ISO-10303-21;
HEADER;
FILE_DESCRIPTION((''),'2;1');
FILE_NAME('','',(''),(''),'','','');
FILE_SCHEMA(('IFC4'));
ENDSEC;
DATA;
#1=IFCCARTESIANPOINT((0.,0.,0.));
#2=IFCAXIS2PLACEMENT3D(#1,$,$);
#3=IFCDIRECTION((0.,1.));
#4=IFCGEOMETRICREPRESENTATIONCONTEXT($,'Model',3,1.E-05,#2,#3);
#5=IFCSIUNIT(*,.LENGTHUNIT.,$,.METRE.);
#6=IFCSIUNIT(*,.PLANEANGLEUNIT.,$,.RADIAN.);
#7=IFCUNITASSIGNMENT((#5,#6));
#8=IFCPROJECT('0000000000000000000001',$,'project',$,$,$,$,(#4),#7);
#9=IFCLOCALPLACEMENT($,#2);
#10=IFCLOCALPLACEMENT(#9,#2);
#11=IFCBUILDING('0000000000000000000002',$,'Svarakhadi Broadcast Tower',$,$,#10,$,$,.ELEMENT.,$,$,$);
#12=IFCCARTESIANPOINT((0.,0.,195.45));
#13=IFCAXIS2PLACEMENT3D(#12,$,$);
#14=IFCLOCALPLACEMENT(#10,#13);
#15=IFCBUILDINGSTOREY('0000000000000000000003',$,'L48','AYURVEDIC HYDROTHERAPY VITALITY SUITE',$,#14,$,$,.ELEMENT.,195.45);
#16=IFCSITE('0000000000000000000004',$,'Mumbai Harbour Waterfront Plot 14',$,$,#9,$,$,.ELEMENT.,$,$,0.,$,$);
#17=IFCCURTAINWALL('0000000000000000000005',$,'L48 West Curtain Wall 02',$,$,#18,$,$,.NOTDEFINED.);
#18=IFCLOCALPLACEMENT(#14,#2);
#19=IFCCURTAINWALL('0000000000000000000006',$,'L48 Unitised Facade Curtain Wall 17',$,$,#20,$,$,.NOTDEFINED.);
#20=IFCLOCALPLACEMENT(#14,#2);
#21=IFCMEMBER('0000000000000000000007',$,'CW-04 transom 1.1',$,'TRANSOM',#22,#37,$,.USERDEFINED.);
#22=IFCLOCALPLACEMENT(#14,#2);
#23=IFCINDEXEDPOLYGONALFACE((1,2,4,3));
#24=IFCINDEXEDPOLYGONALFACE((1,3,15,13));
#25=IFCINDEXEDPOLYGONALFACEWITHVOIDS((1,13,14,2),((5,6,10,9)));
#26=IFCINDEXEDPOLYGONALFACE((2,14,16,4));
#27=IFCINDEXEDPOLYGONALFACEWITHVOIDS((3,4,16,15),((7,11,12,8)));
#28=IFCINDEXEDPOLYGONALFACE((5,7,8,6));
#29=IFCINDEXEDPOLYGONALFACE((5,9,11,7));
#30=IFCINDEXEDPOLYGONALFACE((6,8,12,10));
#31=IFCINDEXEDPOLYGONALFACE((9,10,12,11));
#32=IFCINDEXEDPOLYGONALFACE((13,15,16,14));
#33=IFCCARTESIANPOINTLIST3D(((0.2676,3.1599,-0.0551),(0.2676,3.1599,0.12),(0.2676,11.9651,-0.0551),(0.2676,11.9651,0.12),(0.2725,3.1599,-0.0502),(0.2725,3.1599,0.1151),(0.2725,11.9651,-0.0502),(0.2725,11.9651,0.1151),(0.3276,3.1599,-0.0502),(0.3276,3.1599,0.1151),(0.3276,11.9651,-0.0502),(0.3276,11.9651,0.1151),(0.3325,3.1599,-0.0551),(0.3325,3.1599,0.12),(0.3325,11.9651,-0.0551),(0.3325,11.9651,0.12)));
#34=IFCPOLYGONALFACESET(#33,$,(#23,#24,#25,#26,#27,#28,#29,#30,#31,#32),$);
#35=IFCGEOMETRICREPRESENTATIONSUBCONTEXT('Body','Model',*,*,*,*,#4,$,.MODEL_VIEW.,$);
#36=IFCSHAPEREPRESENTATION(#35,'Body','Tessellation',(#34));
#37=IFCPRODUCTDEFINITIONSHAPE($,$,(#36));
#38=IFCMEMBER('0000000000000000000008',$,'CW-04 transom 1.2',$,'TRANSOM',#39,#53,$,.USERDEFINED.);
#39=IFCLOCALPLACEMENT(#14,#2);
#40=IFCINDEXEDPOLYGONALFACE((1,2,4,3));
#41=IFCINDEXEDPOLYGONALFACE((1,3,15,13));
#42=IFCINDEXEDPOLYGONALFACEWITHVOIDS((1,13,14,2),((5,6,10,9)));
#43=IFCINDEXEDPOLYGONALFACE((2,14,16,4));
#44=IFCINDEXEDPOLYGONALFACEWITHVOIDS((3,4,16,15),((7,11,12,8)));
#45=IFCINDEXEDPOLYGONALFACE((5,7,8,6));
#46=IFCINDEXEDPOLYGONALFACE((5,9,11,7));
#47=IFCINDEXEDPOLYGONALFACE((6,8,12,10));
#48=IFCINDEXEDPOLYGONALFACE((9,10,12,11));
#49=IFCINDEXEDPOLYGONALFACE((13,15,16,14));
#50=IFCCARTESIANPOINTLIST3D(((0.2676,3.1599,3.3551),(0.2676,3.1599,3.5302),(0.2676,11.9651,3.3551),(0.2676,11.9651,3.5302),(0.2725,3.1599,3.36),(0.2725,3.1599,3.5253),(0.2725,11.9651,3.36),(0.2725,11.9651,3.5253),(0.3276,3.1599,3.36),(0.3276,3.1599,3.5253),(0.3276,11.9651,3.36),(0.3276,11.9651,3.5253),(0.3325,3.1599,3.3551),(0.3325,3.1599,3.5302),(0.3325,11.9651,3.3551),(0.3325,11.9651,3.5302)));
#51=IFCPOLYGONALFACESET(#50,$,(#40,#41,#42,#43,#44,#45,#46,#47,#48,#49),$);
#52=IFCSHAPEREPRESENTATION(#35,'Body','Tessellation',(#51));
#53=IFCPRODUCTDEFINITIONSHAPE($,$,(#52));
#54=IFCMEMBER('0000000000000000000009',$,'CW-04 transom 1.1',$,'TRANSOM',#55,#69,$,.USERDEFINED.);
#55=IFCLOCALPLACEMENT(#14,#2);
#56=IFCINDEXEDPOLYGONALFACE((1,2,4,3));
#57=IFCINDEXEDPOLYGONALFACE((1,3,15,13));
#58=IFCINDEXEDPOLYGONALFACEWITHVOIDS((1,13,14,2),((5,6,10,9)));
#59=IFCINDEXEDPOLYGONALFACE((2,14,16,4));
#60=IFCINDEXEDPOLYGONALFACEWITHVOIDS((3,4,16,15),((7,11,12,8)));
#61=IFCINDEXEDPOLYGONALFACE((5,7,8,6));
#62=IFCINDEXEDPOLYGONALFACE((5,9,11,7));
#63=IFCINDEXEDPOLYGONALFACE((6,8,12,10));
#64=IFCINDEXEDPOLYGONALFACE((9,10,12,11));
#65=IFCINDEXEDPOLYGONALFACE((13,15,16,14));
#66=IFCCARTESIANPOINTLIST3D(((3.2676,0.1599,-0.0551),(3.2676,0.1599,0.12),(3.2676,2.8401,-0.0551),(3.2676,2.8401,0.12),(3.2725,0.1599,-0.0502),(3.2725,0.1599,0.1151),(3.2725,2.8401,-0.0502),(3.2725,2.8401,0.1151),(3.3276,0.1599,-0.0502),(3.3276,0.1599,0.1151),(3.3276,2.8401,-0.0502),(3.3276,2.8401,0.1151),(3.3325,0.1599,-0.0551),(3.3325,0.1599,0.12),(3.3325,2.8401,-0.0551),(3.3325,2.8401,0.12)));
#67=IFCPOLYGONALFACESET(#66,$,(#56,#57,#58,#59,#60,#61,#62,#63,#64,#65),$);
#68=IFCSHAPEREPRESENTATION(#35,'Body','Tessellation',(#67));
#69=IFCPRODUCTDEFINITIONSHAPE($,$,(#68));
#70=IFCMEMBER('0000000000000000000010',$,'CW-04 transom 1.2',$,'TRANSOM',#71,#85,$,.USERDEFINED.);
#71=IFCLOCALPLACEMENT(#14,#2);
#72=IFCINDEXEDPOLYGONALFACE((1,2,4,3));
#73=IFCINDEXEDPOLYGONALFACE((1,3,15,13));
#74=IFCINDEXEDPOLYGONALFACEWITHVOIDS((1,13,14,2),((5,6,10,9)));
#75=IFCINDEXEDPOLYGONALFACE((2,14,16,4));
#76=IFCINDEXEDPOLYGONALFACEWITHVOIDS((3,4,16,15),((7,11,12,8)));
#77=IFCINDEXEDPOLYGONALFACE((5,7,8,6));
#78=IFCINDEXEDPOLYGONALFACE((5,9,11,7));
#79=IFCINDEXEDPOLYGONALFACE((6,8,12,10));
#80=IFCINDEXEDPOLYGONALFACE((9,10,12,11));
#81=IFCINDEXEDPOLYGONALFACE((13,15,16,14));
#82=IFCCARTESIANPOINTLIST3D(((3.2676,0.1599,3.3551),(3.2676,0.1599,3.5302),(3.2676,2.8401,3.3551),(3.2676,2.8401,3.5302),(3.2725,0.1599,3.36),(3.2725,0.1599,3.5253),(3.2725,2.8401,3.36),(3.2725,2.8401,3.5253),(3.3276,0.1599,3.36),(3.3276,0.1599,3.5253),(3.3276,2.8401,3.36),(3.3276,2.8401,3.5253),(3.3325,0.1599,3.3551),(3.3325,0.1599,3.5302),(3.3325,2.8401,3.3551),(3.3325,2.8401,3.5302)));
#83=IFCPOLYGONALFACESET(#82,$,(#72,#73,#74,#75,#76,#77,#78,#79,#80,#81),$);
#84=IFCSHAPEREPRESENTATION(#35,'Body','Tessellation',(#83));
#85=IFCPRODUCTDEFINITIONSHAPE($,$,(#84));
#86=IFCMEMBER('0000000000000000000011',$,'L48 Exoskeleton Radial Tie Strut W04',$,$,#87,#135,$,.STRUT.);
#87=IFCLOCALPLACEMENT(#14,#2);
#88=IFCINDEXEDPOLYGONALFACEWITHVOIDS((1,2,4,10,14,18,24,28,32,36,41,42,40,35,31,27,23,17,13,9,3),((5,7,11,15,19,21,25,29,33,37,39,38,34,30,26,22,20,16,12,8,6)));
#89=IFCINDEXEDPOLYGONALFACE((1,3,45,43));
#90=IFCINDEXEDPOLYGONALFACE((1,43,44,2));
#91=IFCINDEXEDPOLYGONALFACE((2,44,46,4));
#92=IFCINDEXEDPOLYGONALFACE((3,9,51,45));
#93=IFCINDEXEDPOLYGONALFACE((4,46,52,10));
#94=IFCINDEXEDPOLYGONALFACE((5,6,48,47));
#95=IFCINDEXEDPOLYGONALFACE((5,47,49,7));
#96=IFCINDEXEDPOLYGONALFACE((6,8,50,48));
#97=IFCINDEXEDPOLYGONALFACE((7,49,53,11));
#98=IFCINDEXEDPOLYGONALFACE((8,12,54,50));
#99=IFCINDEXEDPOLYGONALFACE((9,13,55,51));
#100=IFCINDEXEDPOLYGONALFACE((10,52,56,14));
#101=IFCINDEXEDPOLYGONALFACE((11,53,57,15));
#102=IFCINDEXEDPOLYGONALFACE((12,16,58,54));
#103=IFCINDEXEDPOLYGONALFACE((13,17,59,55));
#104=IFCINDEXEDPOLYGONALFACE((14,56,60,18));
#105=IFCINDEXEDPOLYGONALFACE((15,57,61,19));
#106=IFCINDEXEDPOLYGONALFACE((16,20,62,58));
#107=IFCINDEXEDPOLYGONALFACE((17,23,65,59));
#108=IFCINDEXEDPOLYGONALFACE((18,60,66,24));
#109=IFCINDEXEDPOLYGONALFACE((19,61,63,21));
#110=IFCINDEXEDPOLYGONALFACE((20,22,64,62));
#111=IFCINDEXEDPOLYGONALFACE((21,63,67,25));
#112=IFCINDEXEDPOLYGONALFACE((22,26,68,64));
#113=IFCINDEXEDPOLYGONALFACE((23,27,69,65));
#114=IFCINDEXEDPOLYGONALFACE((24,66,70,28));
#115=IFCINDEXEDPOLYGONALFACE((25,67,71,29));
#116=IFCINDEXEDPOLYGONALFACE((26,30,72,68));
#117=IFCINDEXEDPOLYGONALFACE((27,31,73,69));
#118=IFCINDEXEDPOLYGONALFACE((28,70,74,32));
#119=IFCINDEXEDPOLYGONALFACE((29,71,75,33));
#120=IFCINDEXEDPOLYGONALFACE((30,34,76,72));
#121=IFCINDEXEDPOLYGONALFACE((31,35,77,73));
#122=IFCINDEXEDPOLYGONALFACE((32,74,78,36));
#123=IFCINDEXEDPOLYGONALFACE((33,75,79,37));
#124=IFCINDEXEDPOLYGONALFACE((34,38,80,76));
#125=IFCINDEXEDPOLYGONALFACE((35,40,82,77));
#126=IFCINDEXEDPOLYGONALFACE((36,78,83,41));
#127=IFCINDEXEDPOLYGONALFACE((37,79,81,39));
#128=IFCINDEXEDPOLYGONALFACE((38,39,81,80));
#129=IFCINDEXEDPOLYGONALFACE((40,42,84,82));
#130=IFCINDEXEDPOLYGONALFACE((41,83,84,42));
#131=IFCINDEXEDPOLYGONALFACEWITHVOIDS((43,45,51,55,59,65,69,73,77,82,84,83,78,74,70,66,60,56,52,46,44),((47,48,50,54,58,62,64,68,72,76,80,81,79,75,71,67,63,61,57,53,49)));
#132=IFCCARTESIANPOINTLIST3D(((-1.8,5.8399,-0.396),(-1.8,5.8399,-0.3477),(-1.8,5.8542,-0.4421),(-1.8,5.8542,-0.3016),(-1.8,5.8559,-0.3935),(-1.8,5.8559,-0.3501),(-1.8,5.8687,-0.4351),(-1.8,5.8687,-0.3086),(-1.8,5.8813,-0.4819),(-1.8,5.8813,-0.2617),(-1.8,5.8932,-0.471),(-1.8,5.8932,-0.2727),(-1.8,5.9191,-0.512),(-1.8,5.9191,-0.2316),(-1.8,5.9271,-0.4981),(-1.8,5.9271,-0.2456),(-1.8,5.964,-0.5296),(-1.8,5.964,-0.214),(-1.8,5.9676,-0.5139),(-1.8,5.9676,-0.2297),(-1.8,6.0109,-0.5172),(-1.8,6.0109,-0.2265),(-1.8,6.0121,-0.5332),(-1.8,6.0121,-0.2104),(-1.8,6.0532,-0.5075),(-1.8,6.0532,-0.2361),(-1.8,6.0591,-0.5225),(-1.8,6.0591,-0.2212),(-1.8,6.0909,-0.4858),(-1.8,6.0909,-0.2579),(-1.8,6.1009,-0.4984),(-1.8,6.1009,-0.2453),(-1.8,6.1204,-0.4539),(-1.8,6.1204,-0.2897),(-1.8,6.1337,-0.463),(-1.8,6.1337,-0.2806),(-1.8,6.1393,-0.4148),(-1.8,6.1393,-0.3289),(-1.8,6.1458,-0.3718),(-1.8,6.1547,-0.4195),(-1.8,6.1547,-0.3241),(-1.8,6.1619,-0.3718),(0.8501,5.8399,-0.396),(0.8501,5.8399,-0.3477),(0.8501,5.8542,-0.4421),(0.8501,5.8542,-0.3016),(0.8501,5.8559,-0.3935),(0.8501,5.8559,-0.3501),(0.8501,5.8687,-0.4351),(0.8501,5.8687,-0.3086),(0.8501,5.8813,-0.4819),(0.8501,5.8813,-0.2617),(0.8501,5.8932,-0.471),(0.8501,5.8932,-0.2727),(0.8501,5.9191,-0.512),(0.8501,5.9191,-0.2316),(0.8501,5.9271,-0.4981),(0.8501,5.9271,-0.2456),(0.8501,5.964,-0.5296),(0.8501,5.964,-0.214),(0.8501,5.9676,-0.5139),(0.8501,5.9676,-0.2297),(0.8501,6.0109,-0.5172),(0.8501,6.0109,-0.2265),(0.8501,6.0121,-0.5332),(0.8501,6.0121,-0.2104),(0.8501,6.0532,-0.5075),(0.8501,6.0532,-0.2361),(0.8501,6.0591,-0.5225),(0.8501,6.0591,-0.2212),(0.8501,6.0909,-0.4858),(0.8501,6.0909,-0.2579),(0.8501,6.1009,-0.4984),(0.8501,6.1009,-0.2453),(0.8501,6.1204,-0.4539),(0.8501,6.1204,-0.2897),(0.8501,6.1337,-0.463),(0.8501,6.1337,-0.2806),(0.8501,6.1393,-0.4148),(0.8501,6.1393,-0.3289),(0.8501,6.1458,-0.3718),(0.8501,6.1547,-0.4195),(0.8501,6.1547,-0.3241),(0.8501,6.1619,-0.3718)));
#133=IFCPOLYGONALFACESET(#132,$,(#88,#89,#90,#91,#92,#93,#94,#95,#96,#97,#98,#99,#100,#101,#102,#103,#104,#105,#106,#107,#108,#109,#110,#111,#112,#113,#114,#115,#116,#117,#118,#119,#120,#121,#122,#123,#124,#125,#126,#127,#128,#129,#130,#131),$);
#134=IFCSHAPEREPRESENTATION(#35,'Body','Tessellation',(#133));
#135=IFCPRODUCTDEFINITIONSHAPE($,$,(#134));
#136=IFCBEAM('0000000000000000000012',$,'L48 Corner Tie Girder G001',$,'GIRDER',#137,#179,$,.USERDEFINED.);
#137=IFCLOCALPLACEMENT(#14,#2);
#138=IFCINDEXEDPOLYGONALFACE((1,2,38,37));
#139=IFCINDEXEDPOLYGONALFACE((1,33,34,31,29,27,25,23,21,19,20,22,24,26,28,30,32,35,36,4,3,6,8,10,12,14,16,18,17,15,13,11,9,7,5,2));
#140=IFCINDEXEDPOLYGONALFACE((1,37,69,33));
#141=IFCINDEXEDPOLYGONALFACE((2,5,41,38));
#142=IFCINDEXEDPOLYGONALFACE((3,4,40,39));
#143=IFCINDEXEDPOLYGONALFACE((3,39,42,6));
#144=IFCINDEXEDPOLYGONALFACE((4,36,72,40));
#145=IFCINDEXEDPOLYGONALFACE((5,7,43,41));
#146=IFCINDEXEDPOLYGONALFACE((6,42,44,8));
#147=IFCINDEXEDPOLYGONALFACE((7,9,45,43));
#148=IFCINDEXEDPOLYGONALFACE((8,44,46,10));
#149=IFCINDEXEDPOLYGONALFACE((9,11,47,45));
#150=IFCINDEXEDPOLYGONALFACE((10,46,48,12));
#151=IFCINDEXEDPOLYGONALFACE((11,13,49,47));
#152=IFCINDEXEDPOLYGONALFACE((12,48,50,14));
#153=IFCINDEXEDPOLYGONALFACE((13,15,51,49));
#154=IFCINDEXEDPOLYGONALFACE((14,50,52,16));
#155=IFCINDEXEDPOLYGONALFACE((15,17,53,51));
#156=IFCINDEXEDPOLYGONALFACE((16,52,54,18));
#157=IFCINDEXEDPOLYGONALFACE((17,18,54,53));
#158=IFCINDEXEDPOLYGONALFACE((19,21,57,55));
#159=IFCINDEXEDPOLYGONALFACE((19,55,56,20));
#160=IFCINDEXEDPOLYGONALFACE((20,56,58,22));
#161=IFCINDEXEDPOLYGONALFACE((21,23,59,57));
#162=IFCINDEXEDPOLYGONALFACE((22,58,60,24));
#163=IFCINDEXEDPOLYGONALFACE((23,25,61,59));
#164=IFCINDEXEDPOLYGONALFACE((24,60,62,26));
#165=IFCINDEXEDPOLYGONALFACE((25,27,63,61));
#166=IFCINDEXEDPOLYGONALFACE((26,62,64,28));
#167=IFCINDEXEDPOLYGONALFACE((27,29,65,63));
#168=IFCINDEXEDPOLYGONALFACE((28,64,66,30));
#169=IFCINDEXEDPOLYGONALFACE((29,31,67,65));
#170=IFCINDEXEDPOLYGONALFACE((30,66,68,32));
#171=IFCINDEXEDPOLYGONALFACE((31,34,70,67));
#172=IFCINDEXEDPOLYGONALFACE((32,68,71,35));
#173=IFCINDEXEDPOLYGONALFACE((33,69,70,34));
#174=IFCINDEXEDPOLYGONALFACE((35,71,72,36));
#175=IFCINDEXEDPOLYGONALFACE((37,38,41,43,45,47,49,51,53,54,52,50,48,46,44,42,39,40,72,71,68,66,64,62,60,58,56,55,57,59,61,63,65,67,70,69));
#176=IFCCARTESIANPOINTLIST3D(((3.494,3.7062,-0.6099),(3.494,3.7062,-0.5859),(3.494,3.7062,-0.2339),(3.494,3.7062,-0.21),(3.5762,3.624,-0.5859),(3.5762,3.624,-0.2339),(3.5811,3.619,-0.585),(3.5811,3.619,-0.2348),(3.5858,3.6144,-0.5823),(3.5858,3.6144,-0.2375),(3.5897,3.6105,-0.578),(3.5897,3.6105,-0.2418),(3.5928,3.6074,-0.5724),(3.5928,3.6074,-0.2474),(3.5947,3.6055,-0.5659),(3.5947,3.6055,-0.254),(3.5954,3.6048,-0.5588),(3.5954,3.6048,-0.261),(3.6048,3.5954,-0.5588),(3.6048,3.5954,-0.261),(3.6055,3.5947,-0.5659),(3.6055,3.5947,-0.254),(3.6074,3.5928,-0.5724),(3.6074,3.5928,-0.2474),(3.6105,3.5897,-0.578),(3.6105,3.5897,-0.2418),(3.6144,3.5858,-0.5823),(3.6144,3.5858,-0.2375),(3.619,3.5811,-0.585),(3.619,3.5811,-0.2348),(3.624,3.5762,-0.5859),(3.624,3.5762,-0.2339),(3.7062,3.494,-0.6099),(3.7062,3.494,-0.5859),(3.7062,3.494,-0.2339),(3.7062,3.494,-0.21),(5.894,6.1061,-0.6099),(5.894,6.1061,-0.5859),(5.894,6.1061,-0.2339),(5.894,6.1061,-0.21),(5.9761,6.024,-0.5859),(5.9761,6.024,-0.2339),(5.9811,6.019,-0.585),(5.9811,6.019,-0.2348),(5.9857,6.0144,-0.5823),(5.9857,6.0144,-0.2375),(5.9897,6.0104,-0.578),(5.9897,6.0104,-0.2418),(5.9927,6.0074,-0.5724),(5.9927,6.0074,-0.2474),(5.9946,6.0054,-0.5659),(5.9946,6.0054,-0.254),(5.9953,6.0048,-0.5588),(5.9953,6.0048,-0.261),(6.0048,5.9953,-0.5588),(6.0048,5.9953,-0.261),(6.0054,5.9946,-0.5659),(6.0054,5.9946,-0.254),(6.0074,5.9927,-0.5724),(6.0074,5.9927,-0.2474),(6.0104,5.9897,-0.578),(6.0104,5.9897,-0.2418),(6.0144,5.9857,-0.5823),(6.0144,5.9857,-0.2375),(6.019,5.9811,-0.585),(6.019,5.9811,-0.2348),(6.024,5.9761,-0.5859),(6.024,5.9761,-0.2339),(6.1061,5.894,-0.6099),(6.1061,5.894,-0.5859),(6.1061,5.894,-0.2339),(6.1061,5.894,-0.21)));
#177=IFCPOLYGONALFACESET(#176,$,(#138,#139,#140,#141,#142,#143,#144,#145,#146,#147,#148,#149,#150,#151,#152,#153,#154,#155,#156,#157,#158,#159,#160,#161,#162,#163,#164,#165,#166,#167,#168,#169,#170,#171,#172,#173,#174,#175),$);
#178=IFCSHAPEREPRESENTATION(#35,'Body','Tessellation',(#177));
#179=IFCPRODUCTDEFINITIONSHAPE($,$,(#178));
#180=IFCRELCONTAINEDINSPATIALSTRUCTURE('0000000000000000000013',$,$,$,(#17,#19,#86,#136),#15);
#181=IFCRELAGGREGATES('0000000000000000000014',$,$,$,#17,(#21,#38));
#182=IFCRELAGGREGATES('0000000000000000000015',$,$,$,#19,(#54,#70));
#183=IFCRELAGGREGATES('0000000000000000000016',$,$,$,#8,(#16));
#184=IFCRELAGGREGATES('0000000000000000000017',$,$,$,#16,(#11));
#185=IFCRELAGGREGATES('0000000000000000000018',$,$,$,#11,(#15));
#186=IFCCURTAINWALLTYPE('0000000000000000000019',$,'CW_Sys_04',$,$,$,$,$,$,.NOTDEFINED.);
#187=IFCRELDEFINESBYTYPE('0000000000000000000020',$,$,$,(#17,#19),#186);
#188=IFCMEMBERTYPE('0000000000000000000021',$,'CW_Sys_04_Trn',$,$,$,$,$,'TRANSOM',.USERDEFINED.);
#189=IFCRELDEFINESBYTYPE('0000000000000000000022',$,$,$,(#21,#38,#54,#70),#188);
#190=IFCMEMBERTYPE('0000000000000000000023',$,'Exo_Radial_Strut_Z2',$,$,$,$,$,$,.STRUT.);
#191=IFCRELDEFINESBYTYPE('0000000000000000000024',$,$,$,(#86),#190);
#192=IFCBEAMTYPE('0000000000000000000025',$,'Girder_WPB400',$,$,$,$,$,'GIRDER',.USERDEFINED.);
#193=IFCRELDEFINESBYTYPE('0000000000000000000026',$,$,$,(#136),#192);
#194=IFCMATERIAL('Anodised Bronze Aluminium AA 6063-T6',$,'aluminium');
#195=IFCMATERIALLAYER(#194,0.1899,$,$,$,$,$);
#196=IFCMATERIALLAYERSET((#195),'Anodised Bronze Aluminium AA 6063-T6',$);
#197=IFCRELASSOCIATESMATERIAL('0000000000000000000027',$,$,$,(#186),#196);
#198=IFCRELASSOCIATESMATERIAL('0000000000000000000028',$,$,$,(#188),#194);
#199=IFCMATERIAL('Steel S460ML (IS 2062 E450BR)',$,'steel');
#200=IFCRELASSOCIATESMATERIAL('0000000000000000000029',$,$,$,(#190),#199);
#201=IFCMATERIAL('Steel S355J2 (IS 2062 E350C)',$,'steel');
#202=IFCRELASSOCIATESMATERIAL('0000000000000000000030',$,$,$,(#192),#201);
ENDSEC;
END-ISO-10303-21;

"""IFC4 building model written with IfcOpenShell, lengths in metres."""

from ifc_helpers import new_model, si_unit, direction, frame, origin, origin_2d, place, context, subcontext, project, spatial, hollow_rectangle, hollow_circle, i_section, extrude, material, layer, layer_set, material_profile, profile_set, type_object, element, aggregate, save


model = new_model("IFC4")

# Units and contexts
model_context = context("Model", 3, precision=1e-05, world=origin(), true_north=direction((0.0, 1.0)))
body_context = subcontext(model_context, "Body", "Model", "MODEL_VIEW")
ifc_project = project(units=[si_unit("LENGTHUNIT", "METRE"), si_unit("PLANEANGLEUNIT", "RADIAN")], contexts=[model_context])

# Site, building, storey
site_placement = place(None, origin())
site = spatial("IfcSite", under=ifc_project, at=site_placement, Name="Mumbai Harbour Waterfront Plot 14", CompositionType="ELEMENT", RefElevation=0.0)
building_placement = place(site_placement, origin())
building = spatial("IfcBuilding", under=site, at=building_placement, Name="Svarakhadi Broadcast Tower", CompositionType="ELEMENT")
storey_placement = place(building_placement, frame((0.0, 0.0, 195.45)))
storey = spatial("IfcBuildingStorey", under=building, at=storey_placement, Name="L48", Description="AYURVEDIC HYDROTHERAPY VITALITY SUITE", CompositionType="ELEMENT", Elevation=195.45)

# Shared definitions
ifc_material_1 = material(Name="Steel S460ML (IS 2062 E450BR)", Category="steel")

# Shared definitions
ifc_material_2 = material(Name="Anodised Bronze Aluminium AA 6063-T6", Category="aluminium")
ifc_layer_1 = layer(ifc_material_2, 0.1899)
ifc_layer_set_1 = layer_set([ifc_layer_1], Name="Anodised Bronze Aluminium AA 6063-T6")
curtain_wall_type = type_object("IfcCurtainWallType", Name="CW_Sys_04", PredefinedType="NOTDEFINED", material=ifc_layer_set_1)

# Curtain wall
curtain_wall_1_placement = place(storey_placement, origin())
curtain_wall_1 = element("IfcCurtainWall", 1, at=curtain_wall_1_placement, inside=storey, type_object=curtain_wall_type, Name="L48 West Curtain Wall 02", PredefinedType="NOTDEFINED")

# Curtain wall
curtain_wall_2_placement = place(storey_placement, origin())
curtain_wall_2 = element("IfcCurtainWall", 2, at=curtain_wall_2_placement, inside=storey, type_object=curtain_wall_type, Name="L48 Unitised Facade Curtain Wall 17", PredefinedType="NOTDEFINED")

# Members
ifc_material_profile_1 = material_profile(ifc_material_2, hollow_rectangle(XDim=0.0649, YDim=0.175, WallThickness=0.0049, at=origin_2d()), Name="ALU TRANSOM 175x65x5")
ifc_profile_set_1 = profile_set([ifc_material_profile_1], Name="Anodised Bronze Aluminium AA 6063-T6")
member_type_1 = type_object("IfcMemberType", Name="CW_Sys_04_Trn", ElementType="TRANSOM", PredefinedType="USERDEFINED", material=ifc_profile_set_1)
member_1_placement = place(storey_placement, frame((0.3, 3.1599, 0.0325), z_axis=(0.0, 1.0, 0.0), x_axis=(-1.0, 0.0, 0.0)))
member_1 = element("IfcMember", 3, at=member_1_placement, type_object=member_type_1, Name="CW-04 transom 1.1", ObjectType="TRANSOM", PredefinedType="USERDEFINED", context=body_context, shape_type="SweptSolid", body=[
    extrude(hollow_rectangle(XDim=0.0649, YDim=0.175, WallThickness=0.0049, at=origin_2d()), origin(), (0.0, 0.0, 1.0), 8.8052),
])
member_2_placement = place(storey_placement, frame((0.3, 3.1599, 3.4426), z_axis=(0.0, 1.0, 0.0), x_axis=(-1.0, 0.0, 0.0)))
member_2 = element("IfcMember", 4, at=member_2_placement, type_object=member_type_1, Name="CW-04 transom 1.2", ObjectType="TRANSOM", PredefinedType="USERDEFINED", context=body_context, shape_type="SweptSolid", body=[
    extrude(hollow_rectangle(XDim=0.0649, YDim=0.175, WallThickness=0.0049, at=origin_2d()), origin(), (0.0, 0.0, 1.0), 8.8052),
])
aggregate(curtain_wall_1, [member_1, member_2])
member_3_placement = place(storey_placement, frame((3.3, 0.1599, 0.0325), z_axis=(0.0, 1.0, 0.0), x_axis=(-1.0, 0.0, 0.0)))
member_3 = element("IfcMember", 5, at=member_3_placement, type_object=member_type_1, Name="CW-04 transom 1.1", ObjectType="TRANSOM", PredefinedType="USERDEFINED", context=body_context, shape_type="SweptSolid", body=[
    extrude(hollow_rectangle(XDim=0.0649, YDim=0.175, WallThickness=0.0049, at=origin_2d()), origin(), (0.0, 0.0, 1.0), 2.6802),
])
member_4_placement = place(storey_placement, frame((3.3, 0.1599, 3.4426), z_axis=(0.0, 1.0, 0.0), x_axis=(-1.0, 0.0, 0.0)))
member_4 = element("IfcMember", 6, at=member_4_placement, type_object=member_type_1, Name="CW-04 transom 1.2", ObjectType="TRANSOM", PredefinedType="USERDEFINED", context=body_context, shape_type="SweptSolid", body=[
    extrude(hollow_rectangle(XDim=0.0649, YDim=0.175, WallThickness=0.0049, at=origin_2d()), origin(), (0.0, 0.0, 1.0), 2.6802),
])
ifc_material_profile_2 = material_profile(ifc_material_1, hollow_circle(Radius=0.1619, WallThickness=0.0161, at=origin_2d()), Name="CHS 323.9x16")
ifc_profile_set_2 = profile_set([ifc_material_profile_2], Name="Steel S460ML (IS 2062 E450BR)")
member_type_2 = type_object("IfcMemberType", Name="Exo_Radial_Strut_Z2", PredefinedType="STRUT", material=ifc_profile_set_2)
member_5_placement = place(storey_placement, frame((-1.8, 6.0, -0.3718), z_axis=(1.0, 0.0, 0.0), x_axis=(0.0, 1.0, 0.0)))
element("IfcMember", 7, at=member_5_placement, inside=storey, type_object=member_type_2, Name="L48 Exoskeleton Radial Tie Strut W04", PredefinedType="STRUT", context=body_context, shape_type="SweptSolid", body=[
    extrude(hollow_circle(Radius=0.1619, WallThickness=0.0161, at=origin_2d()), origin(), (0.0, 0.0, 1.0), 2.6501),
])

# Beam
ifc_material_3 = material(Name="Steel S355J2 (IS 2062 E350C)", Category="steel")
ifc_material_profile_3 = material_profile(ifc_material_3, i_section(OverallWidth=0.3, OverallDepth=0.3999, WebThickness=0.0134, FlangeThickness=0.0239, FilletRadius=0.0271, at=origin_2d()), Name="WPB 400x300x155")
ifc_profile_set_3 = profile_set([ifc_material_profile_3], Name="Steel S355J2 (IS 2062 E350C)")
beam_type = type_object("IfcBeamType", Name="Girder_WPB400", ElementType="GIRDER", PredefinedType="USERDEFINED", material=ifc_profile_set_3)
beam_placement = place(storey_placement, frame((3.6001, 3.6001, -0.4099), z_axis=(0.707107, 0.707107, 0.0), x_axis=(-0.707107, 0.707107, 0.0)))
element("IfcBeam", 8, at=beam_placement, inside=storey, type_object=beam_type, Name="L48 Corner Tie Girder G001", ObjectType="GIRDER", PredefinedType="USERDEFINED", context=body_context, shape_type="SweptSolid", body=[
    extrude(i_section(OverallWidth=0.3, OverallDepth=0.3999, WebThickness=0.0134, FlangeThickness=0.0239, FilletRadius=0.0271, at=origin_2d()), origin(), (0.0, 0.0, 1.0), 3.394),
])

aggregate(curtain_wall_2, [member_3, member_4])

save(model, "model.ifc")
